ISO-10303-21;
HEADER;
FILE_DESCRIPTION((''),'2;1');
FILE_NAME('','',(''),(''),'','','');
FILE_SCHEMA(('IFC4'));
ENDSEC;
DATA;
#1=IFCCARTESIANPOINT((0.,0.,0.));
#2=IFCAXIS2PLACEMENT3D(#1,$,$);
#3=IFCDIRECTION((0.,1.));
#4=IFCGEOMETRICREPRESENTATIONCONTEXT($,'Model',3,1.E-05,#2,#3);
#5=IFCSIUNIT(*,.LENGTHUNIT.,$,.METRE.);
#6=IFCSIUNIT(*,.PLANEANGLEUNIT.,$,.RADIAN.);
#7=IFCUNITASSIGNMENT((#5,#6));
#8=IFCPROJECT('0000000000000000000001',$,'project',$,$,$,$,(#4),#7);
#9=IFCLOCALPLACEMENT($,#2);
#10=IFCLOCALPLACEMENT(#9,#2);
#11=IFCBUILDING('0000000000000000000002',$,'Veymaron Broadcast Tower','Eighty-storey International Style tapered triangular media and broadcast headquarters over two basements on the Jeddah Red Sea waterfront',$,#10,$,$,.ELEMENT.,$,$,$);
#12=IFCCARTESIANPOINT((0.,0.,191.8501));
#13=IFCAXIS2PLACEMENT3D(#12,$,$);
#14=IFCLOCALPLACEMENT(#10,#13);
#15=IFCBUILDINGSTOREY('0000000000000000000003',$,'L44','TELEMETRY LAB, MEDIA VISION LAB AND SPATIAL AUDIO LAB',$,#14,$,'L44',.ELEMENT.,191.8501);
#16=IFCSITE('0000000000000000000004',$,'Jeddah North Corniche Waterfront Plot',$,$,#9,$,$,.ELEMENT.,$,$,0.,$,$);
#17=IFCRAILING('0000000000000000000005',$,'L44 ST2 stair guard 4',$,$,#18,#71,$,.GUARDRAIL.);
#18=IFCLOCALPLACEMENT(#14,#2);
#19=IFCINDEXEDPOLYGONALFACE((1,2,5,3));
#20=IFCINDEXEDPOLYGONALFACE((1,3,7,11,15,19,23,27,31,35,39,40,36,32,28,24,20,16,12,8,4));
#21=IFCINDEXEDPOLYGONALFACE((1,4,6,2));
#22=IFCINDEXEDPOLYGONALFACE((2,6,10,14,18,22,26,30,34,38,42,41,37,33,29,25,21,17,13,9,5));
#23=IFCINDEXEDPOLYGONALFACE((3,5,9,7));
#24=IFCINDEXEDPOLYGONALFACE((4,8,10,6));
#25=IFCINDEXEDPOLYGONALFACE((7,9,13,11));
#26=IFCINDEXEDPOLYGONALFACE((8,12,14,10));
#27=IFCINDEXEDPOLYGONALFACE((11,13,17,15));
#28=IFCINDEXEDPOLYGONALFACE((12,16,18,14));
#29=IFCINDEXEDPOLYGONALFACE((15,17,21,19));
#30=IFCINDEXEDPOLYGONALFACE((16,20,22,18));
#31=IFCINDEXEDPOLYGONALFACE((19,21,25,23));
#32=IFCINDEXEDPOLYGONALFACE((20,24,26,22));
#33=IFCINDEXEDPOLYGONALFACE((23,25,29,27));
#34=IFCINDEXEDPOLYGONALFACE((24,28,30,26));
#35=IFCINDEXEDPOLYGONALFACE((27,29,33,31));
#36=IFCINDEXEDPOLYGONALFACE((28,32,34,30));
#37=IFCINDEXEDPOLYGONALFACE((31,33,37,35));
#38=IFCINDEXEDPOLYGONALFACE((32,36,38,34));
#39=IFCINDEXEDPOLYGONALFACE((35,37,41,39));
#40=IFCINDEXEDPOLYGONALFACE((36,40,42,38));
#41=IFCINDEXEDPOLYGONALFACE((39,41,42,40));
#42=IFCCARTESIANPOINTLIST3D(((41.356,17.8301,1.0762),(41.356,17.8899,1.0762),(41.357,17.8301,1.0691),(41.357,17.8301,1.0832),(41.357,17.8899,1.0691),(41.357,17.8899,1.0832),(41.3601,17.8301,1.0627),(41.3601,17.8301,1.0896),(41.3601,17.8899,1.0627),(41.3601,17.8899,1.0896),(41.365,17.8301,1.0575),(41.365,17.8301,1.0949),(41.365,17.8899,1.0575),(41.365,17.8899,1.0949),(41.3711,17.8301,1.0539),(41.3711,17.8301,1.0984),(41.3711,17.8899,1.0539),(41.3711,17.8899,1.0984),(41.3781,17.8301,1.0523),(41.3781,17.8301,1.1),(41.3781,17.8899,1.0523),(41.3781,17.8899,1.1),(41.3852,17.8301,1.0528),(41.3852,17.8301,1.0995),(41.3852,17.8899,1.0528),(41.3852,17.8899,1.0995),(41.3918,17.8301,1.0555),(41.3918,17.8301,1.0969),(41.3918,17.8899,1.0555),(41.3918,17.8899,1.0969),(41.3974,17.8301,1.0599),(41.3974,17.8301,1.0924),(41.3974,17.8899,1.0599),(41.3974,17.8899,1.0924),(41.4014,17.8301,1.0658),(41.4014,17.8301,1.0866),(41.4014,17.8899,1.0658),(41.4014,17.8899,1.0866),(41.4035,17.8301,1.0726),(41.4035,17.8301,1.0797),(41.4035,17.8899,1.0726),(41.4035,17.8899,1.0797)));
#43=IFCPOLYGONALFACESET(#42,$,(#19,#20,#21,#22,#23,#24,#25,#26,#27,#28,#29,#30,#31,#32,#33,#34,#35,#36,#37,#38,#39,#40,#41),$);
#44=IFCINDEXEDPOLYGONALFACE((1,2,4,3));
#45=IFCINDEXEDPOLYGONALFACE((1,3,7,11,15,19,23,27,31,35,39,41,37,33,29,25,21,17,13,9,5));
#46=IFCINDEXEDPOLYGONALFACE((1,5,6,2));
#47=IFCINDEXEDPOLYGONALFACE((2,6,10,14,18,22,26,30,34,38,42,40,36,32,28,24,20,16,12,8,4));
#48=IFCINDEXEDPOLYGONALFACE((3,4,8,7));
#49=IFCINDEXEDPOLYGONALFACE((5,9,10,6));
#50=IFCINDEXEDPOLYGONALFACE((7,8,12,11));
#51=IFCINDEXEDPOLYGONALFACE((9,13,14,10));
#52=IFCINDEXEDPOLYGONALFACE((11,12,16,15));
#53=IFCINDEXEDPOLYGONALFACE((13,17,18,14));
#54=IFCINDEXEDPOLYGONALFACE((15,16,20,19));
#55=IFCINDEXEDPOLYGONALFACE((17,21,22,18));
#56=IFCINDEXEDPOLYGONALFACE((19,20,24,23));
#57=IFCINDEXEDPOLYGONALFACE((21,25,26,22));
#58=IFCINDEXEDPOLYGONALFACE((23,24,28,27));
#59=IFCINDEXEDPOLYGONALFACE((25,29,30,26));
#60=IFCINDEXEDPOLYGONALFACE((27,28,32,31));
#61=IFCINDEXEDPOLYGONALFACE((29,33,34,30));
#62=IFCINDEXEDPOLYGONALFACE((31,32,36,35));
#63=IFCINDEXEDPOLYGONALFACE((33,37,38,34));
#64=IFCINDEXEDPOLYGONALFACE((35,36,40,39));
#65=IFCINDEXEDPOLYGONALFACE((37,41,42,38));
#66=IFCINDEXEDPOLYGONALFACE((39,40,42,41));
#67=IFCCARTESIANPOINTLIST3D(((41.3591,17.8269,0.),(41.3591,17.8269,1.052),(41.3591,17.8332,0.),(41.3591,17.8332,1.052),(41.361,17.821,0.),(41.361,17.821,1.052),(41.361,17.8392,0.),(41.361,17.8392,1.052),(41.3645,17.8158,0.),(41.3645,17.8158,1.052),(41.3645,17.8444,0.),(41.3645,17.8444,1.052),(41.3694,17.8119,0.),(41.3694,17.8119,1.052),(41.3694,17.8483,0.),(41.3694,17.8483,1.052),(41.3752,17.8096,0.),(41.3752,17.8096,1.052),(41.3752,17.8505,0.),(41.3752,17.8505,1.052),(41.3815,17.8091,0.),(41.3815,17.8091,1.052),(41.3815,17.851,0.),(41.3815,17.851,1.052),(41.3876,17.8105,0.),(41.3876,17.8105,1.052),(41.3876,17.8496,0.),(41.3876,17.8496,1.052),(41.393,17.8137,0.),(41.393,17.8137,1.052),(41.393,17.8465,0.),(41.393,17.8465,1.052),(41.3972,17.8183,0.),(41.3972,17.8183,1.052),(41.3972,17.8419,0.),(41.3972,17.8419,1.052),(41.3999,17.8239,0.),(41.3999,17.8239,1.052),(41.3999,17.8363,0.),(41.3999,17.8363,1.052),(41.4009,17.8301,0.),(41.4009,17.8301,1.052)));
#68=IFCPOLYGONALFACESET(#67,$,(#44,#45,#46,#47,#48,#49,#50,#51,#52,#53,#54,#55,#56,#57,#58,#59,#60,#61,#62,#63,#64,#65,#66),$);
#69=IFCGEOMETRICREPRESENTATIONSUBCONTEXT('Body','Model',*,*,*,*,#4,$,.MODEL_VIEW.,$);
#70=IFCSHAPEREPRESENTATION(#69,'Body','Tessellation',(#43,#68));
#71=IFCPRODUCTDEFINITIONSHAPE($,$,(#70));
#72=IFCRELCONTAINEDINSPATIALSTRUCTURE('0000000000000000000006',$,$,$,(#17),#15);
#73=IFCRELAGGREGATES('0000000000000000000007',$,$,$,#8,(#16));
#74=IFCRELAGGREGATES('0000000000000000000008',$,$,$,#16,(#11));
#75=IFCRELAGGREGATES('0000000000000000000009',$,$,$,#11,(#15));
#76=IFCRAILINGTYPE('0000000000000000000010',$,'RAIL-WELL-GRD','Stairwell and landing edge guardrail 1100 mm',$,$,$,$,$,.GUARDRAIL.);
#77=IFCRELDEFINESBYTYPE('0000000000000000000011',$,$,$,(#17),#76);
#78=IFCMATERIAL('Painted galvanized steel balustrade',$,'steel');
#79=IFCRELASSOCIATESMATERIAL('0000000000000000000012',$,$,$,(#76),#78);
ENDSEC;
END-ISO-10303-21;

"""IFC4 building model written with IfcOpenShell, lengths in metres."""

from ifc_helpers import new_model, si_unit, direction, frame, origin, origin_2d, place, context, subcontext, project, spatial, circle, extrude, material, type_object, element, save


model = new_model("IFC4")

# Units and contexts
model_context = context("Model", 3, precision=1e-05, world=origin(), true_north=direction((0.0, 1.0)))
body_context = subcontext(model_context, "Body", "Model", "MODEL_VIEW")
ifc_project = project(units=[si_unit("LENGTHUNIT", "METRE"), si_unit("PLANEANGLEUNIT", "RADIAN")], contexts=[model_context])

# Site, building, storey
site_placement = place(None, origin())
site = spatial("IfcSite", under=ifc_project, at=site_placement, Name="Jeddah North Corniche Waterfront Plot", CompositionType="ELEMENT", RefElevation=0.0)
building_placement = place(site_placement, origin())
building = spatial("IfcBuilding", under=site, at=building_placement, Name="Veymaron Broadcast Tower", Description="Eighty-storey International Style tapered triangular media and broadcast headquarters over two basements on the Jeddah Red Sea waterfront", CompositionType="ELEMENT")
storey_placement = place(building_placement, frame((0.0, 0.0, 191.8501)))
storey = spatial("IfcBuildingStorey", under=building, at=storey_placement, Name="L44", Description="TELEMETRY LAB, MEDIA VISION LAB AND SPATIAL AUDIO LAB", LongName="L44", CompositionType="ELEMENT", Elevation=191.8501)

# Railing
ifc_material_1 = material(Name="Painted galvanized steel balustrade", Category="steel")
railing_type_1 = type_object("IfcRailingType", Name="RAIL-WELL-GRD", Description="Stairwell and landing edge guardrail 1100 mm", PredefinedType="GUARDRAIL", material=ifc_material_1)
railing_1_placement = place(storey_placement, frame((41.3799, 17.8301, 0.0)))
element("IfcRailing", 1, at=railing_1_placement, inside=storey, type_object=railing_type_1, Name="L44 ST2 stair guard 4", PredefinedType="GUARDRAIL", context=body_context, shape_type="SweptSolid", body=[
    extrude(circle(Radius=0.0239, at=origin_2d()), frame((0.0, 0.0, 1.0762), z_axis=(0.0, 1.0, 0.0), x_axis=(-1.0, 0.0, 0.0)), (0.0, 0.0, 1.0), 0.0598),
    extrude(circle(Radius=0.021, at=origin_2d()), origin(), (0.0, 0.0, 1.0), 1.052),
])

save(model, "model.ifc")
